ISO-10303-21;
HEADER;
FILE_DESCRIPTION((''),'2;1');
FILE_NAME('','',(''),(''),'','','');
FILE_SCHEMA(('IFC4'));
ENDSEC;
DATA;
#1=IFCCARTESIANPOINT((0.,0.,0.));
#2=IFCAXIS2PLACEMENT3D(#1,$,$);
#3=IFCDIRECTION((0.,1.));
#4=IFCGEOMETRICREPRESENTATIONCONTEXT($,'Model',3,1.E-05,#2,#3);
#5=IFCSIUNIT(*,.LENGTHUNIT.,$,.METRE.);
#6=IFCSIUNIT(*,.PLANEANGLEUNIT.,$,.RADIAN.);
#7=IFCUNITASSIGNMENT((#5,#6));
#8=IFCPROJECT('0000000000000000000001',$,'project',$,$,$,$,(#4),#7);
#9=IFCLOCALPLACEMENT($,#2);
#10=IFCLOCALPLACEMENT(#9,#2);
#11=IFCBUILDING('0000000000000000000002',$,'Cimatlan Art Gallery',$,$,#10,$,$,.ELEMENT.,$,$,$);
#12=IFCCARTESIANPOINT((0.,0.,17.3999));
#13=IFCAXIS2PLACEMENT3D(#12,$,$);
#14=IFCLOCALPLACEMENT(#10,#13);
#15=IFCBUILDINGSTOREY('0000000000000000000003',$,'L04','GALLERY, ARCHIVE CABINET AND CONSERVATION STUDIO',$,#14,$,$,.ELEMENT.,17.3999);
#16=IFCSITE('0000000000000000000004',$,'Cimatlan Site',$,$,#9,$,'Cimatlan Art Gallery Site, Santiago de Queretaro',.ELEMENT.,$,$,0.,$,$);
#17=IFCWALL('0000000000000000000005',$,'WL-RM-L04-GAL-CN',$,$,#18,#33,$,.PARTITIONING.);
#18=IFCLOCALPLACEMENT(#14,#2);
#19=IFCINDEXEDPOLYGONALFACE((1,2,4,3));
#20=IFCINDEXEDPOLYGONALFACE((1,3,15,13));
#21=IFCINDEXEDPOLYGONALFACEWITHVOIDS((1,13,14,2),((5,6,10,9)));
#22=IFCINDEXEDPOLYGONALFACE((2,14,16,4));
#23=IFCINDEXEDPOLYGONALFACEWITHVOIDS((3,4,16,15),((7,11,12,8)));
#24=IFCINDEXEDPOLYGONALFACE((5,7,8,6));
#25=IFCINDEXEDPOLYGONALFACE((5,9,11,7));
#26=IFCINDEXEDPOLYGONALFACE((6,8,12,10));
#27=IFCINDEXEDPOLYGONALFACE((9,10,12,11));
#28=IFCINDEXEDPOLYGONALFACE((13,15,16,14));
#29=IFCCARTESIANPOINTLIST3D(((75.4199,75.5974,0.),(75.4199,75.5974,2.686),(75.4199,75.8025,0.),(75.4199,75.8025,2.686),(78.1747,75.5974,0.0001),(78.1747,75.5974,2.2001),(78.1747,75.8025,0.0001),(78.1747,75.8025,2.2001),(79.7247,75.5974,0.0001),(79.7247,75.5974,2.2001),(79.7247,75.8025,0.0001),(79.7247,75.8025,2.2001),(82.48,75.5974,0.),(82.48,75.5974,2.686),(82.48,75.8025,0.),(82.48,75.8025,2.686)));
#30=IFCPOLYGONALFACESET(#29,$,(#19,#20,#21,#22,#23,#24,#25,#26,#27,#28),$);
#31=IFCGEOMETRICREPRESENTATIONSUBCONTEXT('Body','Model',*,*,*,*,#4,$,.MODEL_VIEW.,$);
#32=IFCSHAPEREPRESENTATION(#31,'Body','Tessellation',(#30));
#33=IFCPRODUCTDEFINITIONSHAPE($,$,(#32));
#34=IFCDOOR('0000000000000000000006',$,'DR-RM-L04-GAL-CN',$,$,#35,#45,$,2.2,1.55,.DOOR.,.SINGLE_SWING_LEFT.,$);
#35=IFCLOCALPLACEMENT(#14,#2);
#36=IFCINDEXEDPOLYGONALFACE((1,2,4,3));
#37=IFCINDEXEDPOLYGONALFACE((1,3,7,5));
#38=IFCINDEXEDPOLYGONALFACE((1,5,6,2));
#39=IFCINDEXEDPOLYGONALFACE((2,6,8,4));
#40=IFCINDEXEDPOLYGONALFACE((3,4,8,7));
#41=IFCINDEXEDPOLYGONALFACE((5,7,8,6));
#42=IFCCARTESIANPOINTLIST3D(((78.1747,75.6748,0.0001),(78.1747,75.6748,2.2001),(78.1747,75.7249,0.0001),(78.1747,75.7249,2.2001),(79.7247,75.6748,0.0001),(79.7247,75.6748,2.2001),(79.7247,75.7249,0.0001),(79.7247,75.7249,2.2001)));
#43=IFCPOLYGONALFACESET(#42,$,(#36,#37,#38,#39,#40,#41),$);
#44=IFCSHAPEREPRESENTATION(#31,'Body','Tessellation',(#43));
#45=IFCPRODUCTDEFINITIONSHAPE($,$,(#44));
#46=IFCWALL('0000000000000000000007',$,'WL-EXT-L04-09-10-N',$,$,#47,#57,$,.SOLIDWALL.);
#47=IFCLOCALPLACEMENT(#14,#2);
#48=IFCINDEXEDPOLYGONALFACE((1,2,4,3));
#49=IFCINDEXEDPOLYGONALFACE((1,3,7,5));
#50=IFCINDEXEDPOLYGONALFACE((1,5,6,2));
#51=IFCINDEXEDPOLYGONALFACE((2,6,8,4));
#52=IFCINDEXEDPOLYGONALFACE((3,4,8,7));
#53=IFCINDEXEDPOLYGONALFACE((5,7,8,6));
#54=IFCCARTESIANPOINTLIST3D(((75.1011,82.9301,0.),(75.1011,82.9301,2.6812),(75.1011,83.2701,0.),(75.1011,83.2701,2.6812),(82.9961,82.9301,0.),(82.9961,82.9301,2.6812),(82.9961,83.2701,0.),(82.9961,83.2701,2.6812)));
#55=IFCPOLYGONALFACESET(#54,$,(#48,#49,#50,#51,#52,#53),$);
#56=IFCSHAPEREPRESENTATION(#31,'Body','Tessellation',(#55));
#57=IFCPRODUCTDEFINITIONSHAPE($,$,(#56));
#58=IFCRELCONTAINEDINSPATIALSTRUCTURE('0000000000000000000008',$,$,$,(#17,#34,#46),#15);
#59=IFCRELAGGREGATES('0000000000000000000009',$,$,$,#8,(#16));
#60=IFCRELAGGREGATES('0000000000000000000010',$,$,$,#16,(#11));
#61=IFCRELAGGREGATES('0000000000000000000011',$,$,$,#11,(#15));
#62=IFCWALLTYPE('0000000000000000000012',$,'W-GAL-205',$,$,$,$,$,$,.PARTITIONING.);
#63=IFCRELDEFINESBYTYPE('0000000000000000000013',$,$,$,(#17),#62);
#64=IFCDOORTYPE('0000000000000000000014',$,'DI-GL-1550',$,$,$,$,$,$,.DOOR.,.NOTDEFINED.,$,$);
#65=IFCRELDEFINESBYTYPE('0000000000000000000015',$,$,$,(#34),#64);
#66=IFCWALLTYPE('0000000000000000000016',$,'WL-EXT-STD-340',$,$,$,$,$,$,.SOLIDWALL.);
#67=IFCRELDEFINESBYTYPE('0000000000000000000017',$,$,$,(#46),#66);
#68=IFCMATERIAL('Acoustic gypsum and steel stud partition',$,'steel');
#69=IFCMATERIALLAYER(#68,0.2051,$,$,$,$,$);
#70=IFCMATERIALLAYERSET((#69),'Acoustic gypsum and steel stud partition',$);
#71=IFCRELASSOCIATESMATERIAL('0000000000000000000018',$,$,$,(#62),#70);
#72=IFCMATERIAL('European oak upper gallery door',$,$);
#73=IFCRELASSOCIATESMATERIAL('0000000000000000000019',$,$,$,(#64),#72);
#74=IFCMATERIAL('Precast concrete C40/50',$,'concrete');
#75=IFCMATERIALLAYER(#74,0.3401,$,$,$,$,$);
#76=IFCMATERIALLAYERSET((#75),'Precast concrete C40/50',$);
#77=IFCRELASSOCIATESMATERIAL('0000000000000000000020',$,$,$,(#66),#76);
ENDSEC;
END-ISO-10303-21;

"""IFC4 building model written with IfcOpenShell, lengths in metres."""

from ifc_helpers import new_model, si_unit, direction, frame, frame_2d, origin, place, context, subcontext, project, spatial, rectangle, extrude, material, layer, layer_set, type_object, element, fill, save


model = new_model("IFC4")

# Units and contexts
model_context = context("Model", 3, precision=1e-05, world=origin(), true_north=direction((0.0, 1.0)))
body_context = subcontext(model_context, "Body", "Model", "MODEL_VIEW")
ifc_project = project(units=[si_unit("LENGTHUNIT", "METRE"), si_unit("PLANEANGLEUNIT", "RADIAN")], contexts=[model_context])

# Site, building, storey
site_placement = place(None, origin())
site = spatial("IfcSite", under=ifc_project, at=site_placement, Name="Cimatlan Site", LongName="Cimatlan Art Gallery Site, Santiago de Queretaro", CompositionType="ELEMENT", RefElevation=0.0)
building_placement = place(site_placement, origin())
building = spatial("IfcBuilding", under=site, at=building_placement, Name="Cimatlan Art Gallery", CompositionType="ELEMENT")
storey_placement = place(building_placement, frame((0.0, 0.0, 17.3999)))
storey = spatial("IfcBuildingStorey", under=building, at=storey_placement, Name="L04", Description="GALLERY, ARCHIVE CABINET AND CONSERVATION STUDIO", CompositionType="ELEMENT", Elevation=17.3999)

# Shared definitions
ifc_material_1 = material(Name="Precast concrete C40/50", Category="concrete")

# Wall, opening, door
ifc_material_2 = material(Name="Acoustic gypsum and steel stud partition", Category="steel")
ifc_layer_1 = layer(ifc_material_2, 0.2051)
ifc_layer_set_1 = layer_set([ifc_layer_1], Name="Acoustic gypsum and steel stud partition")
wall_type_1 = type_object("IfcWallType", Name="W-GAL-205", PredefinedType="PARTITIONING", material=ifc_layer_set_1)
wall_1_placement = place(storey_placement, frame((75.4199, 75.7, 0.0), z_axis=(0.0, 0.0, 1.0), x_axis=(1.0, 0.0, 0.0)))
wall_1 = element("IfcWall", 1, at=wall_1_placement, inside=storey, type_object=wall_type_1, Name="WL-RM-L04-GAL-CN", PredefinedType="PARTITIONING", context=body_context, shape_type="SweptSolid", body=[
    extrude(rectangle(XDim=7.0601, YDim=0.2051, at=frame_2d((3.53, 0.0))), origin(), (0.0, 0.0, 1.0), 2.686),
])
opening_1_placement = place(wall_1_placement, frame((2.7549, 0.0, 0.0)))
opening_1 = element("IfcOpeningElement", 2, at=opening_1_placement, cuts=wall_1, PredefinedType="OPENING", context=body_context, shape_type="SweptSolid", body=[
    extrude(rectangle(XDim=1.55, YDim=2.2, at=frame_2d((0.7749, 1.1001))), frame((0.0, 0.1125, 0.0), z_axis=(0.0, -1.0, 0.0), x_axis=(1.0, 0.0, 0.0)), (0.0, 0.0, 1.0), 0.2251),
])
ifc_material_3 = material(Name="European oak upper gallery door")
door_type_1 = type_object("IfcDoorType", Name="DI-GL-1550", OperationType="NOTDEFINED", PredefinedType="DOOR", material=ifc_material_3)
door_1_placement = place(opening_1_placement, origin())
door_1 = element("IfcDoor", 3, at=door_1_placement, inside=storey, type_object=door_type_1, Name="DR-RM-L04-GAL-CN", OperationType="SINGLE_SWING_LEFT", OverallHeight=2.2, OverallWidth=1.55, PredefinedType="DOOR", context=body_context, shape_type="SweptSolid", body=[
    extrude(rectangle(XDim=1.55, YDim=2.2, at=frame_2d((0.7749, 1.1001))), frame((0.0, 0.0249, 0.0), z_axis=(0.0, -1.0, 0.0), x_axis=(1.0, 0.0, 0.0)), (0.0, 0.0, 1.0), 0.05),
])
fill(opening_1, door_1)

# Wall
ifc_layer_2 = layer(ifc_material_1, 0.3401)
ifc_layer_set_2 = layer_set([ifc_layer_2], Name="Precast concrete C40/50")
wall_type_2 = type_object("IfcWallType", Name="WL-EXT-STD-340", PredefinedType="SOLIDWALL", material=ifc_layer_set_2)
wall_2_placement = place(storey_placement, frame((75.1011, 83.1001, 0.0), z_axis=(0.0, 0.0, 1.0), x_axis=(1.0, 0.0, 0.0)))
element("IfcWall", 4, at=wall_2_placement, inside=storey, type_object=wall_type_2, Name="WL-EXT-L04-09-10-N", PredefinedType="SOLIDWALL", context=body_context, shape_type="SweptSolid", body=[
    extrude(rectangle(XDim=7.895, YDim=0.3401, at=frame_2d((3.9475, 0.0))), origin(), (0.0, 0.0, 1.0), 2.6812),
])

save(model, "model.ifc")
